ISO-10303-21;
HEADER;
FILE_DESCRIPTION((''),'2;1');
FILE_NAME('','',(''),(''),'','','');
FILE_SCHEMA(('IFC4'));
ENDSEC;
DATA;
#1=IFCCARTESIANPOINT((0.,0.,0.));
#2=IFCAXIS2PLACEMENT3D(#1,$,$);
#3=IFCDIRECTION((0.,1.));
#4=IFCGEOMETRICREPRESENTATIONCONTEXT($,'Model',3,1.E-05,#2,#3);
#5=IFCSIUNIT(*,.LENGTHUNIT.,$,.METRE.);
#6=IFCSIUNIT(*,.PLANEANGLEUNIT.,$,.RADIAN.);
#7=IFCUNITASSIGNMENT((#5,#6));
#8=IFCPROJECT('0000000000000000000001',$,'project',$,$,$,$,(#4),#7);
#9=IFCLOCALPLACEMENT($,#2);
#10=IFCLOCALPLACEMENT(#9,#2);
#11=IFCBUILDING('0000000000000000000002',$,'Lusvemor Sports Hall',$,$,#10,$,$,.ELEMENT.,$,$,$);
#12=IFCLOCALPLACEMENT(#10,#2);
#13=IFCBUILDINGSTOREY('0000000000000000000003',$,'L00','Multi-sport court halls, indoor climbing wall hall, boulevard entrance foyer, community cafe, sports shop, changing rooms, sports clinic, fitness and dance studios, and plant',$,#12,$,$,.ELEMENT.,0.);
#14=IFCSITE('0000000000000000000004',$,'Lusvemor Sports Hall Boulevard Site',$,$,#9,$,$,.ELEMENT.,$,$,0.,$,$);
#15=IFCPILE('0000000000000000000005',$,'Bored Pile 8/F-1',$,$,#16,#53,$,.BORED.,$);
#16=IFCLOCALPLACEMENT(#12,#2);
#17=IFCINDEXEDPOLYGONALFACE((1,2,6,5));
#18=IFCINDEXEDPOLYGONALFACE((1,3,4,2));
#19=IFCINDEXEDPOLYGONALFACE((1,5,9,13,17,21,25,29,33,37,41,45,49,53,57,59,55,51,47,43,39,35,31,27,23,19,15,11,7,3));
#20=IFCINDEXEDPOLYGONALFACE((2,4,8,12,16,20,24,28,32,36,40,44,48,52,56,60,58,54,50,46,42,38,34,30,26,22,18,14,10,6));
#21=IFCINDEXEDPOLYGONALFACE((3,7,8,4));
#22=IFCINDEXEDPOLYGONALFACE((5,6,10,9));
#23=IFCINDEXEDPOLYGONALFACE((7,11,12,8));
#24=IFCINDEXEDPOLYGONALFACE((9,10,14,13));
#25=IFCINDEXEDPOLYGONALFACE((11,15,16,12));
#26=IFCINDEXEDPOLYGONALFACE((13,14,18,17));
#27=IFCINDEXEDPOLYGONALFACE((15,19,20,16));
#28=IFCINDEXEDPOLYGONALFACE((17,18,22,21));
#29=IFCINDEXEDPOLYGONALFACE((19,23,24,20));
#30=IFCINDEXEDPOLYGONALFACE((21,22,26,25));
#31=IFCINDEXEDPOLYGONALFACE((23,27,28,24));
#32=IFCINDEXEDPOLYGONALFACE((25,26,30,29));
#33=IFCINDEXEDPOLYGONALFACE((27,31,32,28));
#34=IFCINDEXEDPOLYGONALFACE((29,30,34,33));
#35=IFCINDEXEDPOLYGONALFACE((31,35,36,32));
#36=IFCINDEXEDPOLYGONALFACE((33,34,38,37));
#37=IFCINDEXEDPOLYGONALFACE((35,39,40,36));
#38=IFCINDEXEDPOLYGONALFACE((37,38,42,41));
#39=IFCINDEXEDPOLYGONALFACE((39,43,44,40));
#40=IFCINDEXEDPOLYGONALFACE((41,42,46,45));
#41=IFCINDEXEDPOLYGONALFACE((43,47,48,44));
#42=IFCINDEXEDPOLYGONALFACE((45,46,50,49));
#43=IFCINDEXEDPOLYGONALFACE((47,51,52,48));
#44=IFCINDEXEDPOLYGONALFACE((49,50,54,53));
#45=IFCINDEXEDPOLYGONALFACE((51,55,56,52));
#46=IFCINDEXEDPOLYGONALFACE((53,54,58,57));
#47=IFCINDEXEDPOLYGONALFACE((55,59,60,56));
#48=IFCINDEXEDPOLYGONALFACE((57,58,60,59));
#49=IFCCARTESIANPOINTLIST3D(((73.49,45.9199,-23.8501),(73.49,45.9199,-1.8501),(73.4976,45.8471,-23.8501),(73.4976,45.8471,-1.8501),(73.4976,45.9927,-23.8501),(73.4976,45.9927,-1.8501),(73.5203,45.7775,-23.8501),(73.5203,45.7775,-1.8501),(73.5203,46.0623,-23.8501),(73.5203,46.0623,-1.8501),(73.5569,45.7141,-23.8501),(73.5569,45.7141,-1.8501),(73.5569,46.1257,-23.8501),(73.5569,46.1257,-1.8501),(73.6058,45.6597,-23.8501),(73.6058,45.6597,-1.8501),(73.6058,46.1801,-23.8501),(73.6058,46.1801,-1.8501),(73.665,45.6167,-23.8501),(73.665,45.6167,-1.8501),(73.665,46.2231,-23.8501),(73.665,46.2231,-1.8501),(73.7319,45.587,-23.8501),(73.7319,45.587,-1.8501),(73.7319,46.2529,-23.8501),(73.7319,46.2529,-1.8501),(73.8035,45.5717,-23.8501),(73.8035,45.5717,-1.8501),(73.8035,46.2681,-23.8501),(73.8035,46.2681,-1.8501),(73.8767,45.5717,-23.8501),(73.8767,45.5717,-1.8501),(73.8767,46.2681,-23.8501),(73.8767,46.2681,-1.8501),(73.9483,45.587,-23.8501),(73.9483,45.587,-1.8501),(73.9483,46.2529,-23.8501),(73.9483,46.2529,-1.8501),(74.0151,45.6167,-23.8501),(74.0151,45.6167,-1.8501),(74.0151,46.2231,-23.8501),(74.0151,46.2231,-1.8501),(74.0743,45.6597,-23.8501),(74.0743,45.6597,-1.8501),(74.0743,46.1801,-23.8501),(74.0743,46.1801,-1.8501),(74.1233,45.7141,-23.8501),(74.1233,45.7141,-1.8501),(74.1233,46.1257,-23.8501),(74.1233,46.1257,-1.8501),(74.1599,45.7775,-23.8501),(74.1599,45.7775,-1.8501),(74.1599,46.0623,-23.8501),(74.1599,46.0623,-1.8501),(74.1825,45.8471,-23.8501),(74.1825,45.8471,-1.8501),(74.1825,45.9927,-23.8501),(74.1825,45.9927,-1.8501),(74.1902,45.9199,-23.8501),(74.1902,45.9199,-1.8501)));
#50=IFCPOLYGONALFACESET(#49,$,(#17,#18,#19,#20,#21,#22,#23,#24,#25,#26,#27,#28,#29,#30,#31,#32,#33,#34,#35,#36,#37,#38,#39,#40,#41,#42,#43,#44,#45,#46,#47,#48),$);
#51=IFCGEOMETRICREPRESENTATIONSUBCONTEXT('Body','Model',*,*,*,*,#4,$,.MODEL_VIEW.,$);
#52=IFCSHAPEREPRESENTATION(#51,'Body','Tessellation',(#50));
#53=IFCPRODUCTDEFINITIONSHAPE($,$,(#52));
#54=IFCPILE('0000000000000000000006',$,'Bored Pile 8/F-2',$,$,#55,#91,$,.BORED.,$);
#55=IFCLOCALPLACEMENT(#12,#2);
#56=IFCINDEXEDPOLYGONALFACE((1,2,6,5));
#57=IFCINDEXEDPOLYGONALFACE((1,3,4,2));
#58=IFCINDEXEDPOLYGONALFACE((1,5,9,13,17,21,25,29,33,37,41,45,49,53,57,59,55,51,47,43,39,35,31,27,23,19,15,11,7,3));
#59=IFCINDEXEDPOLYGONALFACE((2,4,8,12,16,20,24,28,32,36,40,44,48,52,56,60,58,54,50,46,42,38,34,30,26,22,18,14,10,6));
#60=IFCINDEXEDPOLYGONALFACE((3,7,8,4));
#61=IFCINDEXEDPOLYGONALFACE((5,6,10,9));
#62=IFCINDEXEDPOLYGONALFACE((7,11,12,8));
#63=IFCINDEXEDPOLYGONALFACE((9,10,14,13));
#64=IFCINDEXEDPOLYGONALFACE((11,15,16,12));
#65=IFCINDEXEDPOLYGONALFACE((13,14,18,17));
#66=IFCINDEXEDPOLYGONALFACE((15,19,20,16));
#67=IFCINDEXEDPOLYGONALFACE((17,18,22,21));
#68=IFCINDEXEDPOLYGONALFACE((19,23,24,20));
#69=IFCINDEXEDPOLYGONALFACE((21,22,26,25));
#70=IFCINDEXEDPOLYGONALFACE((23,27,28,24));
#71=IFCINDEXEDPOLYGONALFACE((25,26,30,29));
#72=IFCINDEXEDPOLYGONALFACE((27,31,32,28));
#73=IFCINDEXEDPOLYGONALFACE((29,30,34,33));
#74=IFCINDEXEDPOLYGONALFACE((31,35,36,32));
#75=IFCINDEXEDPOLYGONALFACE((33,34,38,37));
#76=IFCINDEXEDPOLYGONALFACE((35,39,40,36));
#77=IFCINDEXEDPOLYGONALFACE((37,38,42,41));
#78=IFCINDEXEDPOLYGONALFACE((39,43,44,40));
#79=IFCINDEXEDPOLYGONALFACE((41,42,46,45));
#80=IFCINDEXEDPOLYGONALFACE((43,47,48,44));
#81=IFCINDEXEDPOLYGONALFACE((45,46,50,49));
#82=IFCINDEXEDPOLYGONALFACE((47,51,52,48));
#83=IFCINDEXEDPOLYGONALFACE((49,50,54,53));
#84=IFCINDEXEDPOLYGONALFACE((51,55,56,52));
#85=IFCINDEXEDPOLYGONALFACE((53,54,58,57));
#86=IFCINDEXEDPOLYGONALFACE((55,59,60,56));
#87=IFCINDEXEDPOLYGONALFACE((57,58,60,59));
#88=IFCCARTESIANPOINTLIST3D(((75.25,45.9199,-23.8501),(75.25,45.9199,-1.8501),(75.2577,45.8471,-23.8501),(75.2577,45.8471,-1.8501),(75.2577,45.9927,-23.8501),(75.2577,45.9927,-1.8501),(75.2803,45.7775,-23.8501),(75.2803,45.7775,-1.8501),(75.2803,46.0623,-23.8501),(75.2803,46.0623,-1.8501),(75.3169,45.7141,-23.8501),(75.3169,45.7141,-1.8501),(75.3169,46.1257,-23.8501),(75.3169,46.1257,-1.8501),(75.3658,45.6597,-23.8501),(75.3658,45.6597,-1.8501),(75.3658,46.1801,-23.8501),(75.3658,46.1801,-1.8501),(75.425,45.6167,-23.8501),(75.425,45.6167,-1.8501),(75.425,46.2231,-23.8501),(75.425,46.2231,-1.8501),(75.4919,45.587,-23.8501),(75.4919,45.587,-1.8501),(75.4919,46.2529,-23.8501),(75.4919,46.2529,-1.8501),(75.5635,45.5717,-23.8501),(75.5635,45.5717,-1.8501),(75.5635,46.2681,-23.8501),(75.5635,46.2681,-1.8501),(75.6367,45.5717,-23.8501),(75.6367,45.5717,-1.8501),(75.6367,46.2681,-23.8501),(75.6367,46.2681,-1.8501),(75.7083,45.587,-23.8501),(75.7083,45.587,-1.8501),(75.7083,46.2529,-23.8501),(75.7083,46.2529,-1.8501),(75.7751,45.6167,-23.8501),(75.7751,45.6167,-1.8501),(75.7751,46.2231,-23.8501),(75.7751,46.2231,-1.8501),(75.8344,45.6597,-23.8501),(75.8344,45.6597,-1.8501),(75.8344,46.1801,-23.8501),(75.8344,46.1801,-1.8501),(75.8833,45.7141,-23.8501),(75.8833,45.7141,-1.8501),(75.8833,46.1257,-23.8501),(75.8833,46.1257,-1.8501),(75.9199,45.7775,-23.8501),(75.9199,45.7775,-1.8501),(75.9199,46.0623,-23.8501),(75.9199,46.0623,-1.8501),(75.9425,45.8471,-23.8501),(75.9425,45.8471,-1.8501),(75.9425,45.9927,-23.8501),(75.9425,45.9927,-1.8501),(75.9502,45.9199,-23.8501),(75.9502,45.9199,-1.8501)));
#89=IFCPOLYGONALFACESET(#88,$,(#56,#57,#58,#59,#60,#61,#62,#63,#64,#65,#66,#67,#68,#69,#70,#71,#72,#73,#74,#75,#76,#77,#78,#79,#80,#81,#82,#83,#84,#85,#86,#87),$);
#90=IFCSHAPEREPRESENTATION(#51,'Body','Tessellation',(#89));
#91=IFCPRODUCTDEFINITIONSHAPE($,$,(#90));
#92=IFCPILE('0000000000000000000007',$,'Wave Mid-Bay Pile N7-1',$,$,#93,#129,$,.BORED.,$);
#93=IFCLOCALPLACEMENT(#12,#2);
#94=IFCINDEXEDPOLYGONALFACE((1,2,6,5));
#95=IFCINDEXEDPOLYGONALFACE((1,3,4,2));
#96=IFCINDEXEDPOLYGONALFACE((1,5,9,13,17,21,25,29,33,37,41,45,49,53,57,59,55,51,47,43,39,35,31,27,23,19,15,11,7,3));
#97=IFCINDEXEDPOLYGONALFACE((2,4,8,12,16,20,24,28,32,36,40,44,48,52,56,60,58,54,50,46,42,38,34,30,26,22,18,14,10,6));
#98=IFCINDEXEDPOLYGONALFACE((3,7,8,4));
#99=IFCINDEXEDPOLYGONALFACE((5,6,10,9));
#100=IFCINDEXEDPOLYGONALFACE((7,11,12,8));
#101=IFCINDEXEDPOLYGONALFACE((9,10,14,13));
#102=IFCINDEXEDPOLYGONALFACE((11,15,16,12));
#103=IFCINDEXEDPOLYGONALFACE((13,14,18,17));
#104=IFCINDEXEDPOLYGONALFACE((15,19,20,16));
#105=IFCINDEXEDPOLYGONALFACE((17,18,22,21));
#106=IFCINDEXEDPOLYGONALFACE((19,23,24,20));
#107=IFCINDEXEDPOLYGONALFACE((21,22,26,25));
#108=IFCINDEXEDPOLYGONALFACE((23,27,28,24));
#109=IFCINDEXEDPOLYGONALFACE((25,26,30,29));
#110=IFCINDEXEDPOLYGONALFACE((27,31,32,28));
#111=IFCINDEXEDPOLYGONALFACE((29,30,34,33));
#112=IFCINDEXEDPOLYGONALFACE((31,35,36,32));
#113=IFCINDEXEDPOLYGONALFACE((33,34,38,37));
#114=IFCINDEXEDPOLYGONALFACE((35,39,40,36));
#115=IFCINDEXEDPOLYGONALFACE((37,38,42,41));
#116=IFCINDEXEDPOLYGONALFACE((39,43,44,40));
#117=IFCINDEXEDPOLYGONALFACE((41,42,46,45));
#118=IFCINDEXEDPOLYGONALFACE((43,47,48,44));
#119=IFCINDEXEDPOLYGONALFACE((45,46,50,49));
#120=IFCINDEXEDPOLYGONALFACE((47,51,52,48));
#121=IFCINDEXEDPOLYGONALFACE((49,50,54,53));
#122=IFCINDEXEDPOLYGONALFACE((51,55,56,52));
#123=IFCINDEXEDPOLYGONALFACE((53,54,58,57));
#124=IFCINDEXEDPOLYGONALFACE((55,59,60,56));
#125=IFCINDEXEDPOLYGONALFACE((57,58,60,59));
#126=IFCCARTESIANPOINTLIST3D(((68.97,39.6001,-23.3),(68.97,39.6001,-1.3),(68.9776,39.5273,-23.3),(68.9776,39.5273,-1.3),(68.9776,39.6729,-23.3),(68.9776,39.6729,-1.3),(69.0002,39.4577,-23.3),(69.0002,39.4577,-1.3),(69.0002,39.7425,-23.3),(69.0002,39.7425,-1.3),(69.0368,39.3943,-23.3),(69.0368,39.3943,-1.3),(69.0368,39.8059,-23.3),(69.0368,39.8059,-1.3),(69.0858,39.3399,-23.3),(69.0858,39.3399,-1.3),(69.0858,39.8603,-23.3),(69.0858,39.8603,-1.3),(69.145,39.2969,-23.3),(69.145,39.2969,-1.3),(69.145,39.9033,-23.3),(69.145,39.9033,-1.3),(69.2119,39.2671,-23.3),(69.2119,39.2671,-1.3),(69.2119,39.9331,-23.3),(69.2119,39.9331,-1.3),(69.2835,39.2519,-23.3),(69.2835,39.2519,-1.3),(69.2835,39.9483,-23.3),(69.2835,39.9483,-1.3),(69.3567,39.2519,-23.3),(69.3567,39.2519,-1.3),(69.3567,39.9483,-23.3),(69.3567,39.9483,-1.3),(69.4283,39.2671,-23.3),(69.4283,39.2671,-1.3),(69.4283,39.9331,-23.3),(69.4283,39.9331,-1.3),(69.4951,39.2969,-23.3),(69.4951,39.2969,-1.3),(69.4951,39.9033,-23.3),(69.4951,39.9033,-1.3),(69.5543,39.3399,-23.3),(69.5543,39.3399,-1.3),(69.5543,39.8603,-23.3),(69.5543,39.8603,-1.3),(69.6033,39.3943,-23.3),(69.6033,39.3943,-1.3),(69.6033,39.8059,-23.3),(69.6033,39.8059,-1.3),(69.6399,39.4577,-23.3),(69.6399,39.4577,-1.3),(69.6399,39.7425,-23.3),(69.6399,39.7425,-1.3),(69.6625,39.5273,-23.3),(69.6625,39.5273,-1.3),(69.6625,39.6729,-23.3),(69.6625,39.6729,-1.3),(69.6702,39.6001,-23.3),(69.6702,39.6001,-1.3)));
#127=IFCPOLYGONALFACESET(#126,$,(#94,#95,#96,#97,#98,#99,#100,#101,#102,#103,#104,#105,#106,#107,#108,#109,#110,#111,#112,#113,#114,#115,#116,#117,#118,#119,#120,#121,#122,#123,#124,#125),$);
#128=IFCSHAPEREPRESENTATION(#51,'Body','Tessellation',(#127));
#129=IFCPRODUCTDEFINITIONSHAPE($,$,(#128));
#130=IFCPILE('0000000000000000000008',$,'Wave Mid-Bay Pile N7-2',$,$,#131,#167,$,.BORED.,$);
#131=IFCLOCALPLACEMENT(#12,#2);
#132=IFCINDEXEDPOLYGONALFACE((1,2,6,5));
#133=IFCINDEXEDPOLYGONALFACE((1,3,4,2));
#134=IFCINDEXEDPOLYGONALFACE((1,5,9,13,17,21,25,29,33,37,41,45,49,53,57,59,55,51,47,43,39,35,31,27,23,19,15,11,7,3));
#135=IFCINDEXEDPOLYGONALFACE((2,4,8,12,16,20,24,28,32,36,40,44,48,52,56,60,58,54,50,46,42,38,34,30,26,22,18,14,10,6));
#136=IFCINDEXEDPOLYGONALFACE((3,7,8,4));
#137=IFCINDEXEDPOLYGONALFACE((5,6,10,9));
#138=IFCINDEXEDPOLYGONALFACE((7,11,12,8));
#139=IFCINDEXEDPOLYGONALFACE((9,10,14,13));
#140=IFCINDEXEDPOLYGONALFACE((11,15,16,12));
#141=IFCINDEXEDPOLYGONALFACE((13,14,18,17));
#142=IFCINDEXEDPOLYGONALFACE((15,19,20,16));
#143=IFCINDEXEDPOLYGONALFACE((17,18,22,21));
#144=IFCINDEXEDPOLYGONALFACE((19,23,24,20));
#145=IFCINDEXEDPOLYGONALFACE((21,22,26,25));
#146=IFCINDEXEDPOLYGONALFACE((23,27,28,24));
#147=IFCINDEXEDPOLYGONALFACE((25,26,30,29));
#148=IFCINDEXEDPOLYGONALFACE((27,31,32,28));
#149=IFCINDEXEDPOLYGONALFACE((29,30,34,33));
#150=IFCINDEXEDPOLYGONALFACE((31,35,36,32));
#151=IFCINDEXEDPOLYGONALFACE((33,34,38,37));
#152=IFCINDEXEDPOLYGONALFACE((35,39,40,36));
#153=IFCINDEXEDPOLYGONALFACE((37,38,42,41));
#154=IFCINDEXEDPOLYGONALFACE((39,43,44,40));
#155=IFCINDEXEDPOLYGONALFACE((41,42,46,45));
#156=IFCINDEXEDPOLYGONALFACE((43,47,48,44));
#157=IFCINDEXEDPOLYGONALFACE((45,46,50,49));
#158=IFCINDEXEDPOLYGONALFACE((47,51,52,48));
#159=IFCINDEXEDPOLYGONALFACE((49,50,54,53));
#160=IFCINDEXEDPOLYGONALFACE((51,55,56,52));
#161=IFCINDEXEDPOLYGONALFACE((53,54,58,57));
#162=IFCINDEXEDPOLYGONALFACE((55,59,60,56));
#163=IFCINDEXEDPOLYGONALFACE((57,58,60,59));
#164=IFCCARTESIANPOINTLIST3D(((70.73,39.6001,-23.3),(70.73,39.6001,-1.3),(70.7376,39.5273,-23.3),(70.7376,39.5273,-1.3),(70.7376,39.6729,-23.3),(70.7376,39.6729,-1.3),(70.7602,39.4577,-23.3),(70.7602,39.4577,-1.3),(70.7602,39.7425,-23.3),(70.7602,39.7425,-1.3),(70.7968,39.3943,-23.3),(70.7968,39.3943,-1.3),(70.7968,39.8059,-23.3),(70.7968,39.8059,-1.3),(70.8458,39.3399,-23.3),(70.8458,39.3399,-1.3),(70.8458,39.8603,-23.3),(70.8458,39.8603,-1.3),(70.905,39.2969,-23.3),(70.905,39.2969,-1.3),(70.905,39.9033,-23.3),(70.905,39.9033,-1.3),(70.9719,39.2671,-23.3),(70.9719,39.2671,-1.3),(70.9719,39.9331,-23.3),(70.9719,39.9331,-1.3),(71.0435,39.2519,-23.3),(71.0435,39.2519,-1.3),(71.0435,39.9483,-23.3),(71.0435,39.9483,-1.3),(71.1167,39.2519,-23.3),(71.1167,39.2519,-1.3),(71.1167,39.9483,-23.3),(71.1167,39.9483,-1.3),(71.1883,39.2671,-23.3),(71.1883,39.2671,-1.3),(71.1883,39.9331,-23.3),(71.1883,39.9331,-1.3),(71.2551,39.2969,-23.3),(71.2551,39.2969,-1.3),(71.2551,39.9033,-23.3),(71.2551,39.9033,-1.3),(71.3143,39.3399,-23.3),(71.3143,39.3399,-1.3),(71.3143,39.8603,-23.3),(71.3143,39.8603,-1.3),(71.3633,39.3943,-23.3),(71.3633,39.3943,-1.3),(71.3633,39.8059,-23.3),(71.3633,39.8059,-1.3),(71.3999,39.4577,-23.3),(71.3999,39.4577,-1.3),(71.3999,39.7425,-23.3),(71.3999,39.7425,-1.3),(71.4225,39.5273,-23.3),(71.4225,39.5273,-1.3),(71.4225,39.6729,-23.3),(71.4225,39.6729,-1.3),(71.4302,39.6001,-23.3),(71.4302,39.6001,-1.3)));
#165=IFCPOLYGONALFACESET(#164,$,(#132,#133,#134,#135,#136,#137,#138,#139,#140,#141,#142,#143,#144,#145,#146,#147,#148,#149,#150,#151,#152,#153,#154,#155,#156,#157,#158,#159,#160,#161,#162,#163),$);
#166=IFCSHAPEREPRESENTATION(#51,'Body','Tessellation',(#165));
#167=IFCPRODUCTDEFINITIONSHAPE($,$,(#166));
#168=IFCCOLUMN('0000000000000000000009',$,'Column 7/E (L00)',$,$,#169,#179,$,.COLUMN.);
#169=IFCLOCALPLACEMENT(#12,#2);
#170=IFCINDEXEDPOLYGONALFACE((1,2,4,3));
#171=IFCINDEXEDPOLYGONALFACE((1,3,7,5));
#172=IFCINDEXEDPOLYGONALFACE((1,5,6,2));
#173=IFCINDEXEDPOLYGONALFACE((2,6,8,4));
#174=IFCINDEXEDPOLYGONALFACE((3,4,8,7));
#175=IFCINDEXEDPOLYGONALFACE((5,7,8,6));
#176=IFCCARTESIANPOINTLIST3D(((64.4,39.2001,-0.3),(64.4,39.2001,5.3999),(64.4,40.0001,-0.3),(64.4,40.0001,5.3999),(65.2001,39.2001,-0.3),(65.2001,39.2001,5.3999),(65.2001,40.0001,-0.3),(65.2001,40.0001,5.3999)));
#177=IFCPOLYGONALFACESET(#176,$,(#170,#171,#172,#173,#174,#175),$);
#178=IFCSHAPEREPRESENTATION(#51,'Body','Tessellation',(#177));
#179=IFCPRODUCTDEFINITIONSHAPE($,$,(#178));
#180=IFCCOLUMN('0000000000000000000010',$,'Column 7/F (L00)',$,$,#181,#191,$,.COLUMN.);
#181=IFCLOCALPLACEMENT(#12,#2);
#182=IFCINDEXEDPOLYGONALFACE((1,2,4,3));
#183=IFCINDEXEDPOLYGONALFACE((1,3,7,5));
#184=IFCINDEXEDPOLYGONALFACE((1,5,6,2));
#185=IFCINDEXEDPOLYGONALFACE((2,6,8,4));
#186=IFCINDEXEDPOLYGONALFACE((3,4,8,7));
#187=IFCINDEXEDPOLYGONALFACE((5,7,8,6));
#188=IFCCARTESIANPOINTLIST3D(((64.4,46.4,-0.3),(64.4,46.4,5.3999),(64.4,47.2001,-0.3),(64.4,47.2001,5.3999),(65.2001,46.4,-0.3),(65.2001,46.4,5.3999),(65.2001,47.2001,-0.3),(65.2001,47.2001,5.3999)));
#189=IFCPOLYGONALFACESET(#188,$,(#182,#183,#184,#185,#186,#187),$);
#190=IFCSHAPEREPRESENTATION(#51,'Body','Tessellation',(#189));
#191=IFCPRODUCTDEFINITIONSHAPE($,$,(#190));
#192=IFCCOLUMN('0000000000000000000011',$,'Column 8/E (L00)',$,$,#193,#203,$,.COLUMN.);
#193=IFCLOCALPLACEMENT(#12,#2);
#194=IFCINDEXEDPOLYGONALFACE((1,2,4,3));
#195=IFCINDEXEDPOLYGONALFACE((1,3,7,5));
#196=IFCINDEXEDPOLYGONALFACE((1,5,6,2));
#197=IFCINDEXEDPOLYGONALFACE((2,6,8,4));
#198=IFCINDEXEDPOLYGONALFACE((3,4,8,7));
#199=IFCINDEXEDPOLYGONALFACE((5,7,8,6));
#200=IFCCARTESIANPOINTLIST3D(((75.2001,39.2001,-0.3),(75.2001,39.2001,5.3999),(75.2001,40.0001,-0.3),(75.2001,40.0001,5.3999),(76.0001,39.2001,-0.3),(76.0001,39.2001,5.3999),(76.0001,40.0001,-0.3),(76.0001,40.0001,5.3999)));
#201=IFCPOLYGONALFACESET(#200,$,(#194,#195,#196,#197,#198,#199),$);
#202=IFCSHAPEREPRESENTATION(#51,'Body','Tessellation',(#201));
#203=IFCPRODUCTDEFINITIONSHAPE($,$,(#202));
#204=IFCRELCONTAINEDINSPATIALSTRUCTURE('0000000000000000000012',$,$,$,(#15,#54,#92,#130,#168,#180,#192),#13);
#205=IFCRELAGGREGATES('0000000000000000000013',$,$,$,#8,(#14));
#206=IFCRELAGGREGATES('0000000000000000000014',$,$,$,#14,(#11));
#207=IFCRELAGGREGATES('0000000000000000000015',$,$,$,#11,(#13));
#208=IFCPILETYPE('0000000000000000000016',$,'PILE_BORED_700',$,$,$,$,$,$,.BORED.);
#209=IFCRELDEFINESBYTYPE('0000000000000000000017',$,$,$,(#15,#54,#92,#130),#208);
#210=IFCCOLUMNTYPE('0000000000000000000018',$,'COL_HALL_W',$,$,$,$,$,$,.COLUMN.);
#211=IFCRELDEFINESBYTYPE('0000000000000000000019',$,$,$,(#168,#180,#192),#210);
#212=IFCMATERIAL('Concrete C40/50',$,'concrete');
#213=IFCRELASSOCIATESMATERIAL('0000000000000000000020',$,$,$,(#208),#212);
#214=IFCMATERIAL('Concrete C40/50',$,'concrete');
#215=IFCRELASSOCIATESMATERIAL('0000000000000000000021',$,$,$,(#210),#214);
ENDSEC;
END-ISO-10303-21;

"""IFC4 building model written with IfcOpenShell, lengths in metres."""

from ifc_helpers import new_model, si_unit, direction, frame, origin, origin_2d, place, context, subcontext, project, spatial, rectangle, circle, extrude, material, material_profile, profile_set, type_object, element, save


model = new_model("IFC4")

# Units and contexts
model_context = context("Model", 3, precision=1e-05, world=origin(), true_north=direction((0.0, 1.0)))
body_context = subcontext(model_context, "Body", "Model", "MODEL_VIEW")
ifc_project = project(units=[si_unit("LENGTHUNIT", "METRE"), si_unit("PLANEANGLEUNIT", "RADIAN")], contexts=[model_context])

# Site, building, storey
site_placement = place(None, origin())
site = spatial("IfcSite", under=ifc_project, at=site_placement, Name="Lusvemor Sports Hall Boulevard Site", CompositionType="ELEMENT", RefElevation=0.0)
building_placement = place(site_placement, origin())
building = spatial("IfcBuilding", under=site, at=building_placement, Name="Lusvemor Sports Hall", CompositionType="ELEMENT")
storey_placement = place(building_placement, origin())
storey = spatial("IfcBuildingStorey", under=building, at=storey_placement, Name="L00", Description="Multi-sport court halls, indoor climbing wall hall, boulevard entrance foyer, community cafe, sports shop, changing rooms, sports clinic, fitness and dance studios, and plant", CompositionType="ELEMENT", Elevation=0.0)

# Piles
ifc_material_1 = material(Name="Concrete C40/50", Category="concrete")
ifc_material_profile_1 = material_profile(ifc_material_1, circle(Radius=0.3501, at=origin_2d()), Name="PILE700")
ifc_profile_set_1 = profile_set([ifc_material_profile_1], Name="Concrete C40/50")
pile_type = type_object("IfcPileType", Name="PILE_BORED_700", PredefinedType="BORED", material=ifc_profile_set_1)
for number, where, z_axis, x_axis, name in (
    (1, (73.8401, 45.9199, -1.8501), (0.0, 0.0, -1.0), (1.0, 0.0, 0.0), "Bored Pile 8/F-1"),
    (2, (75.6001, 45.9199, -1.8501), (0.0, 0.0, -1.0), (1.0, 0.0, 0.0), "Bored Pile 8/F-2"),
    (3, (69.3201, 39.6001, -1.3), (0.0, 0.0, -1.0), (1.0, 0.0, 0.0), "Wave Mid-Bay Pile N7-1"),
    (4, (71.0801, 39.6001, -1.3), (0.0, 0.0, -1.0), (1.0, 0.0, 0.0), "Wave Mid-Bay Pile N7-2"),
):
    element("IfcPile", number, at=place(storey_placement, frame(where, z_axis=z_axis, x_axis=x_axis)), inside=storey, type_object=pile_type, Name=name, PredefinedType="BORED", context=body_context, shape_type="SweptSolid", body=[
        extrude(circle(Radius=0.3501, at=origin_2d()), origin(), (0.0, 0.0, 1.0), 22.0),
    ])

# Columns
ifc_material_2 = material(Name="Concrete C40/50", Category="concrete")
ifc_material_profile_2 = material_profile(ifc_material_2, rectangle(XDim=0.8, YDim=0.8, at=origin_2d()), Name="RC800x800")
ifc_profile_set_2 = profile_set([ifc_material_profile_2], Name="Concrete C40/50")
column_type_1 = type_object("IfcColumnType", Name="COL_HALL_W", PredefinedType="COLUMN", material=ifc_profile_set_2)
for number, where, z_axis, x_axis, name in (
    (5, (64.8, 39.6001, -0.3), (0.0, 0.0, 1.0), (1.0, 0.0, 0.0), "Column 7/E (L00)"),
    (6, (64.8, 46.8, -0.3), (0.0, 0.0, 1.0), (1.0, 0.0, 0.0), "Column 7/F (L00)"),
    (7, (75.6001, 39.6001, -0.3), (0.0, 0.0, 1.0), (1.0, 0.0, 0.0), "Column 8/E (L00)"),
):
    element("IfcColumn", number, at=place(storey_placement, frame(where, z_axis=z_axis, x_axis=x_axis)), inside=storey, type_object=column_type_1, Name=name, PredefinedType="COLUMN", context=body_context, shape_type="SweptSolid", body=[
        extrude(rectangle(XDim=0.8, YDim=0.8, at=origin_2d()), origin(), (0.0, 0.0, 1.0), 5.7),
    ])

save(model, "model.ifc")
